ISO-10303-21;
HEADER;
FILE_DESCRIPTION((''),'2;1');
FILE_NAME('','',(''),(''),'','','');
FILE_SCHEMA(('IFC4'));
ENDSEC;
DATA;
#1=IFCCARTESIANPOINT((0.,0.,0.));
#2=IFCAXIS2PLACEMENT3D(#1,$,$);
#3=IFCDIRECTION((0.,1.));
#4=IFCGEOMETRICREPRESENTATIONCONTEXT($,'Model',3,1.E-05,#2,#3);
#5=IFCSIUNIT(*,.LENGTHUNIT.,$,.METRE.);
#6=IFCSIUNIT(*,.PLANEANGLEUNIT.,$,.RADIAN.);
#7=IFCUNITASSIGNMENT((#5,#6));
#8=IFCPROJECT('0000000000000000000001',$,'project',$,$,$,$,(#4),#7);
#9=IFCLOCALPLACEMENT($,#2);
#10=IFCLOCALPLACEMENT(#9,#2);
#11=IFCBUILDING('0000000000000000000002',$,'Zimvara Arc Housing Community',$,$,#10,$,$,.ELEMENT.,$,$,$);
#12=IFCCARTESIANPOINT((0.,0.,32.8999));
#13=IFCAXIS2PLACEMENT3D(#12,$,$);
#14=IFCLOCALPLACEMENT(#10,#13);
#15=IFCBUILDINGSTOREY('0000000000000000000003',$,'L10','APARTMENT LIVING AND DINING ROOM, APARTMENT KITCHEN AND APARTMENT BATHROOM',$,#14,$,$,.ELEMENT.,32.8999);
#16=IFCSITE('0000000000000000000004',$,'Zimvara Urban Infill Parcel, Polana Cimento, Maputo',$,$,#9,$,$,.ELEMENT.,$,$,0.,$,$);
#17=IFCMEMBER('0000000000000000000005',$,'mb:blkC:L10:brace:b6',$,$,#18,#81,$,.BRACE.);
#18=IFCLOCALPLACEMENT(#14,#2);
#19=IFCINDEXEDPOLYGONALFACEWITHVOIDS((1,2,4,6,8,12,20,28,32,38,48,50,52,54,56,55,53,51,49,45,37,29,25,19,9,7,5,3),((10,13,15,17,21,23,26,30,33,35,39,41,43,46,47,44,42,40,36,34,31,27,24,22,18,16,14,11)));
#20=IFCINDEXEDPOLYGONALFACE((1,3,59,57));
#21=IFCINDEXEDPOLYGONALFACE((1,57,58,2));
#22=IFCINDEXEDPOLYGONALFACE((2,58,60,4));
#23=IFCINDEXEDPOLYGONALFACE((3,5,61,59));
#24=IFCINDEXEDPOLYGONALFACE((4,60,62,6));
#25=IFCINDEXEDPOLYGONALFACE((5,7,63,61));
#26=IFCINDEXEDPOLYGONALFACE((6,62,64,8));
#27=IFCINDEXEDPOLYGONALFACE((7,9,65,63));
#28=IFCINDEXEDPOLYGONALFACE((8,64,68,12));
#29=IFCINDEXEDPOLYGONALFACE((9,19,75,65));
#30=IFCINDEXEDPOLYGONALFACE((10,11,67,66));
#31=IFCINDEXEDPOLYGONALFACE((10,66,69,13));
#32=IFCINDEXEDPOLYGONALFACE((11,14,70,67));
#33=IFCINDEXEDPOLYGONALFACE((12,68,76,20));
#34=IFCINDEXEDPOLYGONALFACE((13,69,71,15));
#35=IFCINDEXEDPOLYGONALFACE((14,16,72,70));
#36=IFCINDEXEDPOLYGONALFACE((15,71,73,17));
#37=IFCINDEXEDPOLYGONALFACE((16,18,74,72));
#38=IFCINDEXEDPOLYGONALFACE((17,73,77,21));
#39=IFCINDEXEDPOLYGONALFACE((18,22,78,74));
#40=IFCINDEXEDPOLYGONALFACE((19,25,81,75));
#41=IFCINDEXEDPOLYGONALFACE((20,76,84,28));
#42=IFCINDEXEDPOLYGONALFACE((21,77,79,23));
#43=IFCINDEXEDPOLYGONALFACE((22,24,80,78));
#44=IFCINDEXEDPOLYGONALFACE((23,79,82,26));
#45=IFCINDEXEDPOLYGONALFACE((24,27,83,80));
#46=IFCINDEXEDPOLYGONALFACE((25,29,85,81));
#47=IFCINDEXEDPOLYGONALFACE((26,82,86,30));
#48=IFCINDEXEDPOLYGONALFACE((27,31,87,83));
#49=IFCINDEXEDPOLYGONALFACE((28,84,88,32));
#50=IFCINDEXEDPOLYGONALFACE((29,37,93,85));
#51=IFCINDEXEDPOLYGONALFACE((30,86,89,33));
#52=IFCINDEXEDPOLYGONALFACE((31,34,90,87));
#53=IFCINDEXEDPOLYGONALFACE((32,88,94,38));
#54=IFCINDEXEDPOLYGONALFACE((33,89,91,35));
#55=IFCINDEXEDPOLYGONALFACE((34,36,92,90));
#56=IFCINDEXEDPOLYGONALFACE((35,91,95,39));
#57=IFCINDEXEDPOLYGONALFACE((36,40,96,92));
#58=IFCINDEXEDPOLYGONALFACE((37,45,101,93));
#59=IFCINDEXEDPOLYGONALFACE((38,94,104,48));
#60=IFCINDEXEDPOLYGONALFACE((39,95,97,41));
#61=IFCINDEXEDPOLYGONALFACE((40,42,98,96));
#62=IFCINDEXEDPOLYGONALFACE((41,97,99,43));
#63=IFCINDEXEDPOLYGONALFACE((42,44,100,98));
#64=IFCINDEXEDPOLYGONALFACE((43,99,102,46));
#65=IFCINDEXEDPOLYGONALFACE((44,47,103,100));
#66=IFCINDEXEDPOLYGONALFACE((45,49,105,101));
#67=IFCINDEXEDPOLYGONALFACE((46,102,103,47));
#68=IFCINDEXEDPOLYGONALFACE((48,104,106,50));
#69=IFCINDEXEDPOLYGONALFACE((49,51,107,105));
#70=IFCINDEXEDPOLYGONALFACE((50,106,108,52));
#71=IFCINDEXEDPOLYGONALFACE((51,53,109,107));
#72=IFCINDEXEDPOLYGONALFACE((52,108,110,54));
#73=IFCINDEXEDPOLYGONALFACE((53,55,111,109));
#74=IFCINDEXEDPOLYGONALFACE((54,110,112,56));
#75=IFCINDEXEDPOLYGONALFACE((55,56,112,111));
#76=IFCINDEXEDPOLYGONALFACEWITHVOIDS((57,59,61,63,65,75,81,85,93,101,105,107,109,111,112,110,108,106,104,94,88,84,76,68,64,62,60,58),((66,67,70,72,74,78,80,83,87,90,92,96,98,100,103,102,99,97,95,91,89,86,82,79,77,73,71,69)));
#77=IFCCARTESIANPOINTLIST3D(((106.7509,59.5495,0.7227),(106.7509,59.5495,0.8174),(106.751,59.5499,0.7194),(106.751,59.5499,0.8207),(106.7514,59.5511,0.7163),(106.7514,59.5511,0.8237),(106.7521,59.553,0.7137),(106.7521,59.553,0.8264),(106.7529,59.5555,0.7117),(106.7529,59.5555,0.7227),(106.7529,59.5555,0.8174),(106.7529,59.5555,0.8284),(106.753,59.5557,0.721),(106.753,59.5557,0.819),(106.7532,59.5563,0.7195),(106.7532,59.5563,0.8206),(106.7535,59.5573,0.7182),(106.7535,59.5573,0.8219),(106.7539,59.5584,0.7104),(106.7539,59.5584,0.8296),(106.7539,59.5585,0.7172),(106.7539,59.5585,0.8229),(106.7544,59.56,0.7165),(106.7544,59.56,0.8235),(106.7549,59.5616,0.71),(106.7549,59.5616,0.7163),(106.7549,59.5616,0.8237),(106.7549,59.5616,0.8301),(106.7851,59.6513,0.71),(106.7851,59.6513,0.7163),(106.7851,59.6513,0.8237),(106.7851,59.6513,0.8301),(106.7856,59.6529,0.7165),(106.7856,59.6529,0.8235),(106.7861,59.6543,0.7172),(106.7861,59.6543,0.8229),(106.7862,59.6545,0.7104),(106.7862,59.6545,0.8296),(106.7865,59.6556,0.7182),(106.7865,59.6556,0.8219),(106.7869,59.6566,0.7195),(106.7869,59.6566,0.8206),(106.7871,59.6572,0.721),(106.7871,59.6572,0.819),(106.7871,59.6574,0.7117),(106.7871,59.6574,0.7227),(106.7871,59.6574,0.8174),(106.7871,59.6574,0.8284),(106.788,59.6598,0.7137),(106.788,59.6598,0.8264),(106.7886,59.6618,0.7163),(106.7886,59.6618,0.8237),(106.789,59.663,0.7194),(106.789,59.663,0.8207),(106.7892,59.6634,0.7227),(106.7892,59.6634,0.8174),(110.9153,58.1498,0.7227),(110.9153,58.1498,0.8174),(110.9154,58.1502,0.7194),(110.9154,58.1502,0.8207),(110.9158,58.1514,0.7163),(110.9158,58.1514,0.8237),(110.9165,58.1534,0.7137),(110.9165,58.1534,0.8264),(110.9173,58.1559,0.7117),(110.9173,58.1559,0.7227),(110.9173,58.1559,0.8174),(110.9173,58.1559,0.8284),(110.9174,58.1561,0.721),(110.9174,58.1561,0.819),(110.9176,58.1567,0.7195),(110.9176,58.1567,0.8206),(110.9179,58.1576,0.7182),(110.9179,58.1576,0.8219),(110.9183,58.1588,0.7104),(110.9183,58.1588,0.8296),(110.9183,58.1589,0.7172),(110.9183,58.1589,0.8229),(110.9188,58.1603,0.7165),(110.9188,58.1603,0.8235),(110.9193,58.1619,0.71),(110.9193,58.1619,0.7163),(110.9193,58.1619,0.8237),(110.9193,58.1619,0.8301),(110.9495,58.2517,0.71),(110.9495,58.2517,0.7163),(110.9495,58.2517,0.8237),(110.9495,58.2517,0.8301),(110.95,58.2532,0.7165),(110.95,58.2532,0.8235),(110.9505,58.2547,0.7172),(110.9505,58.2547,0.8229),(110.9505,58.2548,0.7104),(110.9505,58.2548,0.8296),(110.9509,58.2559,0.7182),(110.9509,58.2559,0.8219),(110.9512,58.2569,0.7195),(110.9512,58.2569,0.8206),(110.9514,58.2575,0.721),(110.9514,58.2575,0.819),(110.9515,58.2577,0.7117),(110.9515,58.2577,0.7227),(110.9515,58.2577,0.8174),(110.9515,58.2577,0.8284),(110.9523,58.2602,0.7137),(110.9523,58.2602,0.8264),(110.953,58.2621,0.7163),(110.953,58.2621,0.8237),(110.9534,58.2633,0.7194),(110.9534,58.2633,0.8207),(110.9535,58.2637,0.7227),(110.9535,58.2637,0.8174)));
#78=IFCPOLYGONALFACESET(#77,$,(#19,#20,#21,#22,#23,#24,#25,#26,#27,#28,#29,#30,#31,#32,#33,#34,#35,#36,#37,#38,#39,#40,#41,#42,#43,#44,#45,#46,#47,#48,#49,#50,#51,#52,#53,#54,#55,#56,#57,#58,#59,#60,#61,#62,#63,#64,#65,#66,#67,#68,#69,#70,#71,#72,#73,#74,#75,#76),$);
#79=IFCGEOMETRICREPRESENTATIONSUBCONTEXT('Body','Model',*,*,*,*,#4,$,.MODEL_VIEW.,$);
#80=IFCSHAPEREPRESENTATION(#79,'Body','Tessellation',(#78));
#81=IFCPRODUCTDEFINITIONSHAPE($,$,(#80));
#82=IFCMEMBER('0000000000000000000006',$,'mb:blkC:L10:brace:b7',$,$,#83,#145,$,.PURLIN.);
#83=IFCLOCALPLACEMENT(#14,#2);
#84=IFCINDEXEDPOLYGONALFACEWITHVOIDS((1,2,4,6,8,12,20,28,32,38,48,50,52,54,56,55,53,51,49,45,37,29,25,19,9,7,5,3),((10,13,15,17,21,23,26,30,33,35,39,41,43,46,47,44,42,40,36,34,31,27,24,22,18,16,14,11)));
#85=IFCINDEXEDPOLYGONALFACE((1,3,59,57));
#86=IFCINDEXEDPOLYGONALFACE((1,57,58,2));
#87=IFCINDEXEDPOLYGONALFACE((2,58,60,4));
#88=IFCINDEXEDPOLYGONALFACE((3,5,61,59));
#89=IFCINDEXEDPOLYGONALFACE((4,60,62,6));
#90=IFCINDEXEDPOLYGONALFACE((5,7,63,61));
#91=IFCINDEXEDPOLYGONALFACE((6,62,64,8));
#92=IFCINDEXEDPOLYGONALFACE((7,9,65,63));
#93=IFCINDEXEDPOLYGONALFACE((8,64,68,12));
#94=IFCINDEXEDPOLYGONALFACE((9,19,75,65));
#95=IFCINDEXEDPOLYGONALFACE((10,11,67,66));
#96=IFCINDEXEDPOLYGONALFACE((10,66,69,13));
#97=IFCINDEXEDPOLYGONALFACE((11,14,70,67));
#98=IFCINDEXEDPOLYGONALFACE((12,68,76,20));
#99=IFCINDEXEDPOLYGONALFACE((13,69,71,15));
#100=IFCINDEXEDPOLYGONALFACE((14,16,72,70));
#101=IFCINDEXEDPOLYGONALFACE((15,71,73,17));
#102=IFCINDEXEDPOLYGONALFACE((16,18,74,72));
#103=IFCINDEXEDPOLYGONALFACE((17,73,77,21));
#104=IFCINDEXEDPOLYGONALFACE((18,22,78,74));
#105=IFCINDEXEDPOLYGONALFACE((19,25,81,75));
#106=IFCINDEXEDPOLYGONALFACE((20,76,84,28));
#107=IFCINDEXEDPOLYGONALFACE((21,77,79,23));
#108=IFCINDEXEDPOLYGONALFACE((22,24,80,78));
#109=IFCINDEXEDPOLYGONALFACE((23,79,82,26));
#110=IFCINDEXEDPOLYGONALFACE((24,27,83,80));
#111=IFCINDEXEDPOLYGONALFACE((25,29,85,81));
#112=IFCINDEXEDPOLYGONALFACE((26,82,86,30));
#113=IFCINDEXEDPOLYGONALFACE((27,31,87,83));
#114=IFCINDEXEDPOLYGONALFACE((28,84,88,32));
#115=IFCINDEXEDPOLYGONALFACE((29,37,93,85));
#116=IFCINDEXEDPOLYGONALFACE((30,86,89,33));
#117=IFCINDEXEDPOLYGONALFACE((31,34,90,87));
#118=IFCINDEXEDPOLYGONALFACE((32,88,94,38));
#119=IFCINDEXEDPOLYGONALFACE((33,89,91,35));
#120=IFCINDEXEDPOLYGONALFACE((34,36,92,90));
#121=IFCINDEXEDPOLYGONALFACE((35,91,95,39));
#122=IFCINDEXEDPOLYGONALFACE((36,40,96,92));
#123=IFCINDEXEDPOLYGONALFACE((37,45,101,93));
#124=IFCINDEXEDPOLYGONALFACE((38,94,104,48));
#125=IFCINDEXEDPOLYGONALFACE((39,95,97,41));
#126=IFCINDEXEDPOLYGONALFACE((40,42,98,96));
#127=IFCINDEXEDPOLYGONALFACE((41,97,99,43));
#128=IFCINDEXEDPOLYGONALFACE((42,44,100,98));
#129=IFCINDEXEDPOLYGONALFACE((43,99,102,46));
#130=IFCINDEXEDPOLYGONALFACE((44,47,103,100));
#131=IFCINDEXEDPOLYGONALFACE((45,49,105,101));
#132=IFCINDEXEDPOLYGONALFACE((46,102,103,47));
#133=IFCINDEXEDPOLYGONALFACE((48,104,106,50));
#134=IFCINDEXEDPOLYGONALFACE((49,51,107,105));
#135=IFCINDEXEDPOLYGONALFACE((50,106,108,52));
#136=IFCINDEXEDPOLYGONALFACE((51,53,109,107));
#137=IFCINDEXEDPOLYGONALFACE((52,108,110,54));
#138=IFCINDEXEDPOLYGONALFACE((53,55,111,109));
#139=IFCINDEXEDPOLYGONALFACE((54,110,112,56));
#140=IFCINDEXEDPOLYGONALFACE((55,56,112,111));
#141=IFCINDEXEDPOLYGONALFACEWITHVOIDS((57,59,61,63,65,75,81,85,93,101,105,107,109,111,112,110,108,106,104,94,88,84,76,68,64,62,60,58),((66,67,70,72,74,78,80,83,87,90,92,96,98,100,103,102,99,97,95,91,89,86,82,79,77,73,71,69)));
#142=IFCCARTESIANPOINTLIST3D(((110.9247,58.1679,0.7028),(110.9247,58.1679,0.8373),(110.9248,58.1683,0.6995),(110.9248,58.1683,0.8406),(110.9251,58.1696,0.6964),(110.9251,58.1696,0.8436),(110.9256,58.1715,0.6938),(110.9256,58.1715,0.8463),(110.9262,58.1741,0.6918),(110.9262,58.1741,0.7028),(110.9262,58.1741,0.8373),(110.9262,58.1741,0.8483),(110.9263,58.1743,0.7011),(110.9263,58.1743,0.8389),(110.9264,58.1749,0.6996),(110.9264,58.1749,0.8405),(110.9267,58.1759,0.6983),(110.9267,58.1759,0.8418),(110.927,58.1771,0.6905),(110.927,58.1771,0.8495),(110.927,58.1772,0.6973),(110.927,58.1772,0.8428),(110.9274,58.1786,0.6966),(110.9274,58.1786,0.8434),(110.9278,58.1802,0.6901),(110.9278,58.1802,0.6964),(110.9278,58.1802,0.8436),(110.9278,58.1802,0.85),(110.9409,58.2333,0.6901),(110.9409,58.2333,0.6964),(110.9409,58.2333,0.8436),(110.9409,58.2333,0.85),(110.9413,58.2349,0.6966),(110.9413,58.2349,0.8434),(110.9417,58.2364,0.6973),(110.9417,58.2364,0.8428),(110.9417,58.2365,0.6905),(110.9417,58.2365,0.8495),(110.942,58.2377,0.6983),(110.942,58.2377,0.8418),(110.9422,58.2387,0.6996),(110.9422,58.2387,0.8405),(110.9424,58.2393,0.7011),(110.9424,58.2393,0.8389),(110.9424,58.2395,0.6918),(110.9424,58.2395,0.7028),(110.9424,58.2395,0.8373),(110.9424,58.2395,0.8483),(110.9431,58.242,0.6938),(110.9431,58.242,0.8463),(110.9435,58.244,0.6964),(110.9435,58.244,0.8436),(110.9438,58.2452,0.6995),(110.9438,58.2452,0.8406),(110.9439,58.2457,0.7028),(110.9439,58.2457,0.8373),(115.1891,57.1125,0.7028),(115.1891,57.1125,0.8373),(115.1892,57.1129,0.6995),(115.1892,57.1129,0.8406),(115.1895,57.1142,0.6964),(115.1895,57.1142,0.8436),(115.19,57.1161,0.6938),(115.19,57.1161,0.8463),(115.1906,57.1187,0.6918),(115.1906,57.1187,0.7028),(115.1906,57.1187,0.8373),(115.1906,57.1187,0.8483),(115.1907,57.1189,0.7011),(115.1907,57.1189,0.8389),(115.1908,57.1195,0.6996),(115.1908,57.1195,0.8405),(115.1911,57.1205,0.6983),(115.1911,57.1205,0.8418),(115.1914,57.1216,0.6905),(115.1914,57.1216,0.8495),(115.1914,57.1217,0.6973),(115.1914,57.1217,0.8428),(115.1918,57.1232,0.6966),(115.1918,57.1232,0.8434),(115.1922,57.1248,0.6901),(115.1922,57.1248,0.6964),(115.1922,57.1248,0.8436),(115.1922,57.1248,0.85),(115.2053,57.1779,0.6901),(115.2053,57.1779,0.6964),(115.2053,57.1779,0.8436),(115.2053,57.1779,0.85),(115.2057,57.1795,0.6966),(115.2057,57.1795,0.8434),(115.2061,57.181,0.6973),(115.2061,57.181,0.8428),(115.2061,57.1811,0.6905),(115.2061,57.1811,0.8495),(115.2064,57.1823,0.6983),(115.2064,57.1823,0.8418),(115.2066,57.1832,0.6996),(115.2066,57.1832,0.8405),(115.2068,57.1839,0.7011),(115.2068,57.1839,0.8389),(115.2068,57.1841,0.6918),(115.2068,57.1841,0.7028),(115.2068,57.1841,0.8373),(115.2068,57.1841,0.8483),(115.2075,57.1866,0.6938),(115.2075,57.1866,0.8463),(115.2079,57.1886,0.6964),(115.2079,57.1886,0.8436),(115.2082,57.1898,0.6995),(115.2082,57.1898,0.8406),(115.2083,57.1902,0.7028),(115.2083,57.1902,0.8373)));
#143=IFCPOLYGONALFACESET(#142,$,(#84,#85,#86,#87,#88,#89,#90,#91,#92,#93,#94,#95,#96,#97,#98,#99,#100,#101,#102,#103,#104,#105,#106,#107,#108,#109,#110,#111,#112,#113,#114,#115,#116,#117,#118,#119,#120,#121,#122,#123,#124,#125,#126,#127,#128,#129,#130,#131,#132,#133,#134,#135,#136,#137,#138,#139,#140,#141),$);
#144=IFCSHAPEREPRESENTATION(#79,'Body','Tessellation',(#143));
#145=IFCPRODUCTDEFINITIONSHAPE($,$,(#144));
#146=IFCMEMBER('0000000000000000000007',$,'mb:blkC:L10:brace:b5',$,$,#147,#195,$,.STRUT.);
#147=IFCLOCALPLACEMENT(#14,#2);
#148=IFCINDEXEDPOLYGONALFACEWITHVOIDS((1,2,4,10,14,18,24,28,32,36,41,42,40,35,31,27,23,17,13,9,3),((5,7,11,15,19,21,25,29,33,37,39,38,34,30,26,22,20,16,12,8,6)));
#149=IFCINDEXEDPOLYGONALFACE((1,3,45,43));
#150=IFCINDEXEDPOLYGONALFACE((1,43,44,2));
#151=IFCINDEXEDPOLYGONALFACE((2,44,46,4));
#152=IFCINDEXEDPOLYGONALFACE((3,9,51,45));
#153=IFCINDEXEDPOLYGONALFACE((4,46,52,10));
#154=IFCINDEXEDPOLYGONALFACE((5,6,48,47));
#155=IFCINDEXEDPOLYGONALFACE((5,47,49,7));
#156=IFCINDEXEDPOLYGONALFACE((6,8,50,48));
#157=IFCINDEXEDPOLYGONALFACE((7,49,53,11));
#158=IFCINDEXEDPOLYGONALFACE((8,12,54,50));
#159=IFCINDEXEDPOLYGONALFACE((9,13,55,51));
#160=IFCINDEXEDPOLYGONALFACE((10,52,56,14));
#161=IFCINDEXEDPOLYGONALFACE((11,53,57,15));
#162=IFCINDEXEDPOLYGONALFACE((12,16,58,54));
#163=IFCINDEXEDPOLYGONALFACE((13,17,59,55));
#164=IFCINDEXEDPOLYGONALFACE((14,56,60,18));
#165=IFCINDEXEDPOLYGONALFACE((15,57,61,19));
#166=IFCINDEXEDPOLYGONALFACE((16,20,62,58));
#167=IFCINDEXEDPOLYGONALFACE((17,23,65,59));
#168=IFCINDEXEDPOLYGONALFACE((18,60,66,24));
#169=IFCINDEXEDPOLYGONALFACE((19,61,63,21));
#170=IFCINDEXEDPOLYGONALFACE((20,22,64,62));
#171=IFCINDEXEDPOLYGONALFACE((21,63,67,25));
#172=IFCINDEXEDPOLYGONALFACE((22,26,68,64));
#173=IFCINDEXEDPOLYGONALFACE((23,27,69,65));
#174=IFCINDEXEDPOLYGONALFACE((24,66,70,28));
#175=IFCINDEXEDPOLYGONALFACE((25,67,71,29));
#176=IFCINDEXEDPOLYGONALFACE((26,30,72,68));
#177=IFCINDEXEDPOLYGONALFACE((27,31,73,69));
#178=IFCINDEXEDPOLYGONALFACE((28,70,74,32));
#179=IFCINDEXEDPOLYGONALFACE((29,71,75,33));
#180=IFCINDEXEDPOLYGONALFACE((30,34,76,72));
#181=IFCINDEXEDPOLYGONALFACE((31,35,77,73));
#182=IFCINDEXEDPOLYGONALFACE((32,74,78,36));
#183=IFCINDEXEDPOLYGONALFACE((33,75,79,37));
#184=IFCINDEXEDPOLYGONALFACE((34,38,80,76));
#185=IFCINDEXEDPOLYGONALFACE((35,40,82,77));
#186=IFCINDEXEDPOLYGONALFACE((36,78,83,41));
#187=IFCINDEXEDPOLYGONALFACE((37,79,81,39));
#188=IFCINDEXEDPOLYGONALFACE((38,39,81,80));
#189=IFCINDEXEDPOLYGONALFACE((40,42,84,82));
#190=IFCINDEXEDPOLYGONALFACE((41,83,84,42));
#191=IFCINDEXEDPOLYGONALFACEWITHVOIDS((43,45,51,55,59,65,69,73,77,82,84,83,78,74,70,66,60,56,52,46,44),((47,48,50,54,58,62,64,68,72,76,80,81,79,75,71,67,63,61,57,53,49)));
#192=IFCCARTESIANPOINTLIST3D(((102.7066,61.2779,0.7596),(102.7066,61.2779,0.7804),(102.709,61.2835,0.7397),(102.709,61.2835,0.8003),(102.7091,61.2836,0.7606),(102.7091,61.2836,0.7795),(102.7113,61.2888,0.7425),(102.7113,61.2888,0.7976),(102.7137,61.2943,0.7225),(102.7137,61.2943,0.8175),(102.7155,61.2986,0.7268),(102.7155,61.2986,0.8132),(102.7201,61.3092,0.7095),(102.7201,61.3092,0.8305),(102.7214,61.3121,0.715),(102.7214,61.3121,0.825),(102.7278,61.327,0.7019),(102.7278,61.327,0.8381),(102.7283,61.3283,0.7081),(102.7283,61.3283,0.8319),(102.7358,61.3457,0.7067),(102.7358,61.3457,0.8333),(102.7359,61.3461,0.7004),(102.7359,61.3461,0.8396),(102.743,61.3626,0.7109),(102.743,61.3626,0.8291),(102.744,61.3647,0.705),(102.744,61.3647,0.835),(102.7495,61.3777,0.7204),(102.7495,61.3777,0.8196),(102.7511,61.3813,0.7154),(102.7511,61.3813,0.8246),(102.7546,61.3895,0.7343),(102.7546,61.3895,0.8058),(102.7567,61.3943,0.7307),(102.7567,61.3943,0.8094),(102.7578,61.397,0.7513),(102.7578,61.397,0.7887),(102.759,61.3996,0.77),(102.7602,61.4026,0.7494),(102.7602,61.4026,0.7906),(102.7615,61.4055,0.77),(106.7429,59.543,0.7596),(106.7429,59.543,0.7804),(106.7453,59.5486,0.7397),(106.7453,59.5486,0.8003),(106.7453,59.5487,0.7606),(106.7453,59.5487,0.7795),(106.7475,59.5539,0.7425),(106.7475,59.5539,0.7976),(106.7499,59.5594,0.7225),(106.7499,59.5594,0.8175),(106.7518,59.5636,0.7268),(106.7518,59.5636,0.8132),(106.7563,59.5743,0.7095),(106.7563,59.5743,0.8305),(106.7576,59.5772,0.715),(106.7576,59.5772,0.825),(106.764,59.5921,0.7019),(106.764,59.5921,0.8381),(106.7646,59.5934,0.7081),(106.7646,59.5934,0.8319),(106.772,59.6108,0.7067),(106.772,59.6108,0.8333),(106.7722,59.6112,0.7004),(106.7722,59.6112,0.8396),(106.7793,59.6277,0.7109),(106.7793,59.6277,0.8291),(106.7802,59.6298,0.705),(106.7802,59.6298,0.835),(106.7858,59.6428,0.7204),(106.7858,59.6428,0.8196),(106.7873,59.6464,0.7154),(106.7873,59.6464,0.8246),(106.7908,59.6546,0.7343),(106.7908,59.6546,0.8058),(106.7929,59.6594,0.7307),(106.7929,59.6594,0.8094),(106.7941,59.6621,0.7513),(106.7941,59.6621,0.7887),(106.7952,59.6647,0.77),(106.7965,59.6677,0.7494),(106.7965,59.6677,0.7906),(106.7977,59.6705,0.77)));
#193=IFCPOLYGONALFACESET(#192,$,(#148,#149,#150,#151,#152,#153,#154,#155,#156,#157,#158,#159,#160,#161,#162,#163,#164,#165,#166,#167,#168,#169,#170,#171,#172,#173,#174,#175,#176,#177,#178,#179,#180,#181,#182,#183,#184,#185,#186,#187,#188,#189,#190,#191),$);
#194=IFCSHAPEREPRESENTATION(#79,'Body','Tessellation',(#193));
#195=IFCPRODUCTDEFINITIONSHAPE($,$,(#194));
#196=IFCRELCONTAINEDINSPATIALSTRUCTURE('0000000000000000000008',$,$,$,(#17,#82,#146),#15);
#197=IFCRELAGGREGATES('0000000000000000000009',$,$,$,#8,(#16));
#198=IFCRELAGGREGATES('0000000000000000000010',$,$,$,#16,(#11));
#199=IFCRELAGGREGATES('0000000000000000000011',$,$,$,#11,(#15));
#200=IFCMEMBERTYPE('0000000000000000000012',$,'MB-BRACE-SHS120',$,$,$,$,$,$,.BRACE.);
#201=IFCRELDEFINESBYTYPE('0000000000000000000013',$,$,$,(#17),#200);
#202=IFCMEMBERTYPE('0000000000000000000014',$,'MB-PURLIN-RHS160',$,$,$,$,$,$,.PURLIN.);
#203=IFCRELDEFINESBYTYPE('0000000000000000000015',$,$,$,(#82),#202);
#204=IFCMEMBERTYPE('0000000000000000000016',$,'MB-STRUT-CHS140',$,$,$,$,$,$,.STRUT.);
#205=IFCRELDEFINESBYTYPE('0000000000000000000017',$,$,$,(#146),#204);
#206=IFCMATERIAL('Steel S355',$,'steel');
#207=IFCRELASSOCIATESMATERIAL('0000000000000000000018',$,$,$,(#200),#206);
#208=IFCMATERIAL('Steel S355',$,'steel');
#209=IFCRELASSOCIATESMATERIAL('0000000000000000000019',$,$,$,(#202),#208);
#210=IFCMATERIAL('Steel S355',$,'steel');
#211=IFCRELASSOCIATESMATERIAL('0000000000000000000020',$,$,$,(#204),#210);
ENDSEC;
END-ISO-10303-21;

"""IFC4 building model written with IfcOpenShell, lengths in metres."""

from ifc_helpers import new_model, si_unit, direction, frame, origin, origin_2d, place, context, subcontext, project, spatial, hollow_rectangle, hollow_circle, extrude, material, material_profile, profile_set, type_object, element, save


model = new_model("IFC4")

# Units and contexts
model_context = context("Model", 3, precision=1e-05, world=origin(), true_north=direction((0.0, 1.0)))
body_context = subcontext(model_context, "Body", "Model", "MODEL_VIEW")
ifc_project = project(units=[si_unit("LENGTHUNIT", "METRE"), si_unit("PLANEANGLEUNIT", "RADIAN")], contexts=[model_context])

# Site, building, storey
site_placement = place(None, origin())
site = spatial("IfcSite", under=ifc_project, at=site_placement, Name="Zimvara Urban Infill Parcel, Polana Cimento, Maputo", CompositionType="ELEMENT", RefElevation=0.0)
building_placement = place(site_placement, origin())
building = spatial("IfcBuilding", under=site, at=building_placement, Name="Zimvara Arc Housing Community", CompositionType="ELEMENT")
storey_placement = place(building_placement, frame((0.0, 0.0, 32.8999)))
storey = spatial("IfcBuildingStorey", under=building, at=storey_placement, Name="L10", Description="APARTMENT LIVING AND DINING ROOM, APARTMENT KITCHEN AND APARTMENT BATHROOM", CompositionType="ELEMENT", Elevation=32.8999)

# Members
ifc_material_1 = material(Name="Steel S355", Category="steel")
ifc_material_profile_1 = material_profile(ifc_material_1, hollow_rectangle(XDim=0.1201, YDim=0.1201, WallThickness=0.0063, InnerFilletRadius=0.0063, OuterFilletRadius=0.0127, at=origin_2d()), Name="SHS 120x120x6.3")
ifc_profile_set_1 = profile_set([ifc_material_profile_1], Name="Steel S355")
member_type_1 = type_object("IfcMemberType", Name="MB-BRACE-SHS120", PredefinedType="BRACE", material=ifc_profile_set_1)
member_1_placement = place(storey_placement, frame((106.77, 59.6064, 0.77), z_axis=(0.947891, -0.318594, 0.0), x_axis=(0.318594, 0.947891, 0.0)))
element("IfcMember", 1, at=member_1_placement, inside=storey, type_object=member_type_1, Name="mb:blkC:L10:brace:b6", PredefinedType="BRACE", context=body_context, shape_type="SweptSolid", body=[
    extrude(hollow_rectangle(XDim=0.1201, YDim=0.1201, WallThickness=0.0063, InnerFilletRadius=0.0063, OuterFilletRadius=0.0127, at=origin_2d()), origin(), (0.0, 0.0, 1.0), 4.3933),
])
ifc_material_2 = material(Name="Steel S355", Category="steel")
ifc_material_profile_2 = material_profile(ifc_material_2, hollow_rectangle(XDim=0.0801, YDim=0.1599, WallThickness=0.0063, InnerFilletRadius=0.0063, OuterFilletRadius=0.0127, at=origin_2d()), Name="RHS 160x80x6.3")
ifc_profile_set_2 = profile_set([ifc_material_profile_2], Name="Steel S355")
member_type_2 = type_object("IfcMemberType", Name="MB-PURLIN-RHS160", PredefinedType="PURLIN", material=ifc_profile_set_2)
member_2_placement = place(storey_placement, frame((110.9343, 58.2068, 0.77), z_axis=(0.970712, -0.240247, 0.0), x_axis=(0.240247, 0.970712, 0.0)))
element("IfcMember", 2, at=member_2_placement, inside=storey, type_object=member_type_2, Name="mb:blkC:L10:brace:b7", PredefinedType="PURLIN", context=body_context, shape_type="SweptSolid", body=[
    extrude(hollow_rectangle(XDim=0.0801, YDim=0.1599, WallThickness=0.0063, InnerFilletRadius=0.0063, OuterFilletRadius=0.0127, at=origin_2d()), origin(), (0.0, 0.0, 1.0), 4.3931),
])
ifc_material_3 = material(Name="Steel S355", Category="steel")
ifc_material_profile_3 = material_profile(ifc_material_3, hollow_circle(Radius=0.0698, WallThickness=0.0063, at=origin_2d()), Name="CHS 139.7x6.3")
ifc_profile_set_3 = profile_set([ifc_material_profile_3], Name="Steel S355")
member_type_3 = type_object("IfcMemberType", Name="MB-STRUT-CHS140", PredefinedType="STRUT", material=ifc_profile_set_3)
member_3_placement = place(storey_placement, frame((102.7339, 61.3413, 0.77), z_axis=(0.918725, -0.394898, 0.0), x_axis=(0.394898, 0.918725, 0.0)))
element("IfcMember", 3, at=member_3_placement, inside=storey, type_object=member_type_3, Name="mb:blkC:L10:brace:b5", PredefinedType="STRUT", context=body_context, shape_type="SweptSolid", body=[
    extrude(hollow_circle(Radius=0.0698, WallThickness=0.0063, at=origin_2d()), origin(), (0.0, 0.0, 1.0), 4.3933),
])

save(model, "model.ifc")
